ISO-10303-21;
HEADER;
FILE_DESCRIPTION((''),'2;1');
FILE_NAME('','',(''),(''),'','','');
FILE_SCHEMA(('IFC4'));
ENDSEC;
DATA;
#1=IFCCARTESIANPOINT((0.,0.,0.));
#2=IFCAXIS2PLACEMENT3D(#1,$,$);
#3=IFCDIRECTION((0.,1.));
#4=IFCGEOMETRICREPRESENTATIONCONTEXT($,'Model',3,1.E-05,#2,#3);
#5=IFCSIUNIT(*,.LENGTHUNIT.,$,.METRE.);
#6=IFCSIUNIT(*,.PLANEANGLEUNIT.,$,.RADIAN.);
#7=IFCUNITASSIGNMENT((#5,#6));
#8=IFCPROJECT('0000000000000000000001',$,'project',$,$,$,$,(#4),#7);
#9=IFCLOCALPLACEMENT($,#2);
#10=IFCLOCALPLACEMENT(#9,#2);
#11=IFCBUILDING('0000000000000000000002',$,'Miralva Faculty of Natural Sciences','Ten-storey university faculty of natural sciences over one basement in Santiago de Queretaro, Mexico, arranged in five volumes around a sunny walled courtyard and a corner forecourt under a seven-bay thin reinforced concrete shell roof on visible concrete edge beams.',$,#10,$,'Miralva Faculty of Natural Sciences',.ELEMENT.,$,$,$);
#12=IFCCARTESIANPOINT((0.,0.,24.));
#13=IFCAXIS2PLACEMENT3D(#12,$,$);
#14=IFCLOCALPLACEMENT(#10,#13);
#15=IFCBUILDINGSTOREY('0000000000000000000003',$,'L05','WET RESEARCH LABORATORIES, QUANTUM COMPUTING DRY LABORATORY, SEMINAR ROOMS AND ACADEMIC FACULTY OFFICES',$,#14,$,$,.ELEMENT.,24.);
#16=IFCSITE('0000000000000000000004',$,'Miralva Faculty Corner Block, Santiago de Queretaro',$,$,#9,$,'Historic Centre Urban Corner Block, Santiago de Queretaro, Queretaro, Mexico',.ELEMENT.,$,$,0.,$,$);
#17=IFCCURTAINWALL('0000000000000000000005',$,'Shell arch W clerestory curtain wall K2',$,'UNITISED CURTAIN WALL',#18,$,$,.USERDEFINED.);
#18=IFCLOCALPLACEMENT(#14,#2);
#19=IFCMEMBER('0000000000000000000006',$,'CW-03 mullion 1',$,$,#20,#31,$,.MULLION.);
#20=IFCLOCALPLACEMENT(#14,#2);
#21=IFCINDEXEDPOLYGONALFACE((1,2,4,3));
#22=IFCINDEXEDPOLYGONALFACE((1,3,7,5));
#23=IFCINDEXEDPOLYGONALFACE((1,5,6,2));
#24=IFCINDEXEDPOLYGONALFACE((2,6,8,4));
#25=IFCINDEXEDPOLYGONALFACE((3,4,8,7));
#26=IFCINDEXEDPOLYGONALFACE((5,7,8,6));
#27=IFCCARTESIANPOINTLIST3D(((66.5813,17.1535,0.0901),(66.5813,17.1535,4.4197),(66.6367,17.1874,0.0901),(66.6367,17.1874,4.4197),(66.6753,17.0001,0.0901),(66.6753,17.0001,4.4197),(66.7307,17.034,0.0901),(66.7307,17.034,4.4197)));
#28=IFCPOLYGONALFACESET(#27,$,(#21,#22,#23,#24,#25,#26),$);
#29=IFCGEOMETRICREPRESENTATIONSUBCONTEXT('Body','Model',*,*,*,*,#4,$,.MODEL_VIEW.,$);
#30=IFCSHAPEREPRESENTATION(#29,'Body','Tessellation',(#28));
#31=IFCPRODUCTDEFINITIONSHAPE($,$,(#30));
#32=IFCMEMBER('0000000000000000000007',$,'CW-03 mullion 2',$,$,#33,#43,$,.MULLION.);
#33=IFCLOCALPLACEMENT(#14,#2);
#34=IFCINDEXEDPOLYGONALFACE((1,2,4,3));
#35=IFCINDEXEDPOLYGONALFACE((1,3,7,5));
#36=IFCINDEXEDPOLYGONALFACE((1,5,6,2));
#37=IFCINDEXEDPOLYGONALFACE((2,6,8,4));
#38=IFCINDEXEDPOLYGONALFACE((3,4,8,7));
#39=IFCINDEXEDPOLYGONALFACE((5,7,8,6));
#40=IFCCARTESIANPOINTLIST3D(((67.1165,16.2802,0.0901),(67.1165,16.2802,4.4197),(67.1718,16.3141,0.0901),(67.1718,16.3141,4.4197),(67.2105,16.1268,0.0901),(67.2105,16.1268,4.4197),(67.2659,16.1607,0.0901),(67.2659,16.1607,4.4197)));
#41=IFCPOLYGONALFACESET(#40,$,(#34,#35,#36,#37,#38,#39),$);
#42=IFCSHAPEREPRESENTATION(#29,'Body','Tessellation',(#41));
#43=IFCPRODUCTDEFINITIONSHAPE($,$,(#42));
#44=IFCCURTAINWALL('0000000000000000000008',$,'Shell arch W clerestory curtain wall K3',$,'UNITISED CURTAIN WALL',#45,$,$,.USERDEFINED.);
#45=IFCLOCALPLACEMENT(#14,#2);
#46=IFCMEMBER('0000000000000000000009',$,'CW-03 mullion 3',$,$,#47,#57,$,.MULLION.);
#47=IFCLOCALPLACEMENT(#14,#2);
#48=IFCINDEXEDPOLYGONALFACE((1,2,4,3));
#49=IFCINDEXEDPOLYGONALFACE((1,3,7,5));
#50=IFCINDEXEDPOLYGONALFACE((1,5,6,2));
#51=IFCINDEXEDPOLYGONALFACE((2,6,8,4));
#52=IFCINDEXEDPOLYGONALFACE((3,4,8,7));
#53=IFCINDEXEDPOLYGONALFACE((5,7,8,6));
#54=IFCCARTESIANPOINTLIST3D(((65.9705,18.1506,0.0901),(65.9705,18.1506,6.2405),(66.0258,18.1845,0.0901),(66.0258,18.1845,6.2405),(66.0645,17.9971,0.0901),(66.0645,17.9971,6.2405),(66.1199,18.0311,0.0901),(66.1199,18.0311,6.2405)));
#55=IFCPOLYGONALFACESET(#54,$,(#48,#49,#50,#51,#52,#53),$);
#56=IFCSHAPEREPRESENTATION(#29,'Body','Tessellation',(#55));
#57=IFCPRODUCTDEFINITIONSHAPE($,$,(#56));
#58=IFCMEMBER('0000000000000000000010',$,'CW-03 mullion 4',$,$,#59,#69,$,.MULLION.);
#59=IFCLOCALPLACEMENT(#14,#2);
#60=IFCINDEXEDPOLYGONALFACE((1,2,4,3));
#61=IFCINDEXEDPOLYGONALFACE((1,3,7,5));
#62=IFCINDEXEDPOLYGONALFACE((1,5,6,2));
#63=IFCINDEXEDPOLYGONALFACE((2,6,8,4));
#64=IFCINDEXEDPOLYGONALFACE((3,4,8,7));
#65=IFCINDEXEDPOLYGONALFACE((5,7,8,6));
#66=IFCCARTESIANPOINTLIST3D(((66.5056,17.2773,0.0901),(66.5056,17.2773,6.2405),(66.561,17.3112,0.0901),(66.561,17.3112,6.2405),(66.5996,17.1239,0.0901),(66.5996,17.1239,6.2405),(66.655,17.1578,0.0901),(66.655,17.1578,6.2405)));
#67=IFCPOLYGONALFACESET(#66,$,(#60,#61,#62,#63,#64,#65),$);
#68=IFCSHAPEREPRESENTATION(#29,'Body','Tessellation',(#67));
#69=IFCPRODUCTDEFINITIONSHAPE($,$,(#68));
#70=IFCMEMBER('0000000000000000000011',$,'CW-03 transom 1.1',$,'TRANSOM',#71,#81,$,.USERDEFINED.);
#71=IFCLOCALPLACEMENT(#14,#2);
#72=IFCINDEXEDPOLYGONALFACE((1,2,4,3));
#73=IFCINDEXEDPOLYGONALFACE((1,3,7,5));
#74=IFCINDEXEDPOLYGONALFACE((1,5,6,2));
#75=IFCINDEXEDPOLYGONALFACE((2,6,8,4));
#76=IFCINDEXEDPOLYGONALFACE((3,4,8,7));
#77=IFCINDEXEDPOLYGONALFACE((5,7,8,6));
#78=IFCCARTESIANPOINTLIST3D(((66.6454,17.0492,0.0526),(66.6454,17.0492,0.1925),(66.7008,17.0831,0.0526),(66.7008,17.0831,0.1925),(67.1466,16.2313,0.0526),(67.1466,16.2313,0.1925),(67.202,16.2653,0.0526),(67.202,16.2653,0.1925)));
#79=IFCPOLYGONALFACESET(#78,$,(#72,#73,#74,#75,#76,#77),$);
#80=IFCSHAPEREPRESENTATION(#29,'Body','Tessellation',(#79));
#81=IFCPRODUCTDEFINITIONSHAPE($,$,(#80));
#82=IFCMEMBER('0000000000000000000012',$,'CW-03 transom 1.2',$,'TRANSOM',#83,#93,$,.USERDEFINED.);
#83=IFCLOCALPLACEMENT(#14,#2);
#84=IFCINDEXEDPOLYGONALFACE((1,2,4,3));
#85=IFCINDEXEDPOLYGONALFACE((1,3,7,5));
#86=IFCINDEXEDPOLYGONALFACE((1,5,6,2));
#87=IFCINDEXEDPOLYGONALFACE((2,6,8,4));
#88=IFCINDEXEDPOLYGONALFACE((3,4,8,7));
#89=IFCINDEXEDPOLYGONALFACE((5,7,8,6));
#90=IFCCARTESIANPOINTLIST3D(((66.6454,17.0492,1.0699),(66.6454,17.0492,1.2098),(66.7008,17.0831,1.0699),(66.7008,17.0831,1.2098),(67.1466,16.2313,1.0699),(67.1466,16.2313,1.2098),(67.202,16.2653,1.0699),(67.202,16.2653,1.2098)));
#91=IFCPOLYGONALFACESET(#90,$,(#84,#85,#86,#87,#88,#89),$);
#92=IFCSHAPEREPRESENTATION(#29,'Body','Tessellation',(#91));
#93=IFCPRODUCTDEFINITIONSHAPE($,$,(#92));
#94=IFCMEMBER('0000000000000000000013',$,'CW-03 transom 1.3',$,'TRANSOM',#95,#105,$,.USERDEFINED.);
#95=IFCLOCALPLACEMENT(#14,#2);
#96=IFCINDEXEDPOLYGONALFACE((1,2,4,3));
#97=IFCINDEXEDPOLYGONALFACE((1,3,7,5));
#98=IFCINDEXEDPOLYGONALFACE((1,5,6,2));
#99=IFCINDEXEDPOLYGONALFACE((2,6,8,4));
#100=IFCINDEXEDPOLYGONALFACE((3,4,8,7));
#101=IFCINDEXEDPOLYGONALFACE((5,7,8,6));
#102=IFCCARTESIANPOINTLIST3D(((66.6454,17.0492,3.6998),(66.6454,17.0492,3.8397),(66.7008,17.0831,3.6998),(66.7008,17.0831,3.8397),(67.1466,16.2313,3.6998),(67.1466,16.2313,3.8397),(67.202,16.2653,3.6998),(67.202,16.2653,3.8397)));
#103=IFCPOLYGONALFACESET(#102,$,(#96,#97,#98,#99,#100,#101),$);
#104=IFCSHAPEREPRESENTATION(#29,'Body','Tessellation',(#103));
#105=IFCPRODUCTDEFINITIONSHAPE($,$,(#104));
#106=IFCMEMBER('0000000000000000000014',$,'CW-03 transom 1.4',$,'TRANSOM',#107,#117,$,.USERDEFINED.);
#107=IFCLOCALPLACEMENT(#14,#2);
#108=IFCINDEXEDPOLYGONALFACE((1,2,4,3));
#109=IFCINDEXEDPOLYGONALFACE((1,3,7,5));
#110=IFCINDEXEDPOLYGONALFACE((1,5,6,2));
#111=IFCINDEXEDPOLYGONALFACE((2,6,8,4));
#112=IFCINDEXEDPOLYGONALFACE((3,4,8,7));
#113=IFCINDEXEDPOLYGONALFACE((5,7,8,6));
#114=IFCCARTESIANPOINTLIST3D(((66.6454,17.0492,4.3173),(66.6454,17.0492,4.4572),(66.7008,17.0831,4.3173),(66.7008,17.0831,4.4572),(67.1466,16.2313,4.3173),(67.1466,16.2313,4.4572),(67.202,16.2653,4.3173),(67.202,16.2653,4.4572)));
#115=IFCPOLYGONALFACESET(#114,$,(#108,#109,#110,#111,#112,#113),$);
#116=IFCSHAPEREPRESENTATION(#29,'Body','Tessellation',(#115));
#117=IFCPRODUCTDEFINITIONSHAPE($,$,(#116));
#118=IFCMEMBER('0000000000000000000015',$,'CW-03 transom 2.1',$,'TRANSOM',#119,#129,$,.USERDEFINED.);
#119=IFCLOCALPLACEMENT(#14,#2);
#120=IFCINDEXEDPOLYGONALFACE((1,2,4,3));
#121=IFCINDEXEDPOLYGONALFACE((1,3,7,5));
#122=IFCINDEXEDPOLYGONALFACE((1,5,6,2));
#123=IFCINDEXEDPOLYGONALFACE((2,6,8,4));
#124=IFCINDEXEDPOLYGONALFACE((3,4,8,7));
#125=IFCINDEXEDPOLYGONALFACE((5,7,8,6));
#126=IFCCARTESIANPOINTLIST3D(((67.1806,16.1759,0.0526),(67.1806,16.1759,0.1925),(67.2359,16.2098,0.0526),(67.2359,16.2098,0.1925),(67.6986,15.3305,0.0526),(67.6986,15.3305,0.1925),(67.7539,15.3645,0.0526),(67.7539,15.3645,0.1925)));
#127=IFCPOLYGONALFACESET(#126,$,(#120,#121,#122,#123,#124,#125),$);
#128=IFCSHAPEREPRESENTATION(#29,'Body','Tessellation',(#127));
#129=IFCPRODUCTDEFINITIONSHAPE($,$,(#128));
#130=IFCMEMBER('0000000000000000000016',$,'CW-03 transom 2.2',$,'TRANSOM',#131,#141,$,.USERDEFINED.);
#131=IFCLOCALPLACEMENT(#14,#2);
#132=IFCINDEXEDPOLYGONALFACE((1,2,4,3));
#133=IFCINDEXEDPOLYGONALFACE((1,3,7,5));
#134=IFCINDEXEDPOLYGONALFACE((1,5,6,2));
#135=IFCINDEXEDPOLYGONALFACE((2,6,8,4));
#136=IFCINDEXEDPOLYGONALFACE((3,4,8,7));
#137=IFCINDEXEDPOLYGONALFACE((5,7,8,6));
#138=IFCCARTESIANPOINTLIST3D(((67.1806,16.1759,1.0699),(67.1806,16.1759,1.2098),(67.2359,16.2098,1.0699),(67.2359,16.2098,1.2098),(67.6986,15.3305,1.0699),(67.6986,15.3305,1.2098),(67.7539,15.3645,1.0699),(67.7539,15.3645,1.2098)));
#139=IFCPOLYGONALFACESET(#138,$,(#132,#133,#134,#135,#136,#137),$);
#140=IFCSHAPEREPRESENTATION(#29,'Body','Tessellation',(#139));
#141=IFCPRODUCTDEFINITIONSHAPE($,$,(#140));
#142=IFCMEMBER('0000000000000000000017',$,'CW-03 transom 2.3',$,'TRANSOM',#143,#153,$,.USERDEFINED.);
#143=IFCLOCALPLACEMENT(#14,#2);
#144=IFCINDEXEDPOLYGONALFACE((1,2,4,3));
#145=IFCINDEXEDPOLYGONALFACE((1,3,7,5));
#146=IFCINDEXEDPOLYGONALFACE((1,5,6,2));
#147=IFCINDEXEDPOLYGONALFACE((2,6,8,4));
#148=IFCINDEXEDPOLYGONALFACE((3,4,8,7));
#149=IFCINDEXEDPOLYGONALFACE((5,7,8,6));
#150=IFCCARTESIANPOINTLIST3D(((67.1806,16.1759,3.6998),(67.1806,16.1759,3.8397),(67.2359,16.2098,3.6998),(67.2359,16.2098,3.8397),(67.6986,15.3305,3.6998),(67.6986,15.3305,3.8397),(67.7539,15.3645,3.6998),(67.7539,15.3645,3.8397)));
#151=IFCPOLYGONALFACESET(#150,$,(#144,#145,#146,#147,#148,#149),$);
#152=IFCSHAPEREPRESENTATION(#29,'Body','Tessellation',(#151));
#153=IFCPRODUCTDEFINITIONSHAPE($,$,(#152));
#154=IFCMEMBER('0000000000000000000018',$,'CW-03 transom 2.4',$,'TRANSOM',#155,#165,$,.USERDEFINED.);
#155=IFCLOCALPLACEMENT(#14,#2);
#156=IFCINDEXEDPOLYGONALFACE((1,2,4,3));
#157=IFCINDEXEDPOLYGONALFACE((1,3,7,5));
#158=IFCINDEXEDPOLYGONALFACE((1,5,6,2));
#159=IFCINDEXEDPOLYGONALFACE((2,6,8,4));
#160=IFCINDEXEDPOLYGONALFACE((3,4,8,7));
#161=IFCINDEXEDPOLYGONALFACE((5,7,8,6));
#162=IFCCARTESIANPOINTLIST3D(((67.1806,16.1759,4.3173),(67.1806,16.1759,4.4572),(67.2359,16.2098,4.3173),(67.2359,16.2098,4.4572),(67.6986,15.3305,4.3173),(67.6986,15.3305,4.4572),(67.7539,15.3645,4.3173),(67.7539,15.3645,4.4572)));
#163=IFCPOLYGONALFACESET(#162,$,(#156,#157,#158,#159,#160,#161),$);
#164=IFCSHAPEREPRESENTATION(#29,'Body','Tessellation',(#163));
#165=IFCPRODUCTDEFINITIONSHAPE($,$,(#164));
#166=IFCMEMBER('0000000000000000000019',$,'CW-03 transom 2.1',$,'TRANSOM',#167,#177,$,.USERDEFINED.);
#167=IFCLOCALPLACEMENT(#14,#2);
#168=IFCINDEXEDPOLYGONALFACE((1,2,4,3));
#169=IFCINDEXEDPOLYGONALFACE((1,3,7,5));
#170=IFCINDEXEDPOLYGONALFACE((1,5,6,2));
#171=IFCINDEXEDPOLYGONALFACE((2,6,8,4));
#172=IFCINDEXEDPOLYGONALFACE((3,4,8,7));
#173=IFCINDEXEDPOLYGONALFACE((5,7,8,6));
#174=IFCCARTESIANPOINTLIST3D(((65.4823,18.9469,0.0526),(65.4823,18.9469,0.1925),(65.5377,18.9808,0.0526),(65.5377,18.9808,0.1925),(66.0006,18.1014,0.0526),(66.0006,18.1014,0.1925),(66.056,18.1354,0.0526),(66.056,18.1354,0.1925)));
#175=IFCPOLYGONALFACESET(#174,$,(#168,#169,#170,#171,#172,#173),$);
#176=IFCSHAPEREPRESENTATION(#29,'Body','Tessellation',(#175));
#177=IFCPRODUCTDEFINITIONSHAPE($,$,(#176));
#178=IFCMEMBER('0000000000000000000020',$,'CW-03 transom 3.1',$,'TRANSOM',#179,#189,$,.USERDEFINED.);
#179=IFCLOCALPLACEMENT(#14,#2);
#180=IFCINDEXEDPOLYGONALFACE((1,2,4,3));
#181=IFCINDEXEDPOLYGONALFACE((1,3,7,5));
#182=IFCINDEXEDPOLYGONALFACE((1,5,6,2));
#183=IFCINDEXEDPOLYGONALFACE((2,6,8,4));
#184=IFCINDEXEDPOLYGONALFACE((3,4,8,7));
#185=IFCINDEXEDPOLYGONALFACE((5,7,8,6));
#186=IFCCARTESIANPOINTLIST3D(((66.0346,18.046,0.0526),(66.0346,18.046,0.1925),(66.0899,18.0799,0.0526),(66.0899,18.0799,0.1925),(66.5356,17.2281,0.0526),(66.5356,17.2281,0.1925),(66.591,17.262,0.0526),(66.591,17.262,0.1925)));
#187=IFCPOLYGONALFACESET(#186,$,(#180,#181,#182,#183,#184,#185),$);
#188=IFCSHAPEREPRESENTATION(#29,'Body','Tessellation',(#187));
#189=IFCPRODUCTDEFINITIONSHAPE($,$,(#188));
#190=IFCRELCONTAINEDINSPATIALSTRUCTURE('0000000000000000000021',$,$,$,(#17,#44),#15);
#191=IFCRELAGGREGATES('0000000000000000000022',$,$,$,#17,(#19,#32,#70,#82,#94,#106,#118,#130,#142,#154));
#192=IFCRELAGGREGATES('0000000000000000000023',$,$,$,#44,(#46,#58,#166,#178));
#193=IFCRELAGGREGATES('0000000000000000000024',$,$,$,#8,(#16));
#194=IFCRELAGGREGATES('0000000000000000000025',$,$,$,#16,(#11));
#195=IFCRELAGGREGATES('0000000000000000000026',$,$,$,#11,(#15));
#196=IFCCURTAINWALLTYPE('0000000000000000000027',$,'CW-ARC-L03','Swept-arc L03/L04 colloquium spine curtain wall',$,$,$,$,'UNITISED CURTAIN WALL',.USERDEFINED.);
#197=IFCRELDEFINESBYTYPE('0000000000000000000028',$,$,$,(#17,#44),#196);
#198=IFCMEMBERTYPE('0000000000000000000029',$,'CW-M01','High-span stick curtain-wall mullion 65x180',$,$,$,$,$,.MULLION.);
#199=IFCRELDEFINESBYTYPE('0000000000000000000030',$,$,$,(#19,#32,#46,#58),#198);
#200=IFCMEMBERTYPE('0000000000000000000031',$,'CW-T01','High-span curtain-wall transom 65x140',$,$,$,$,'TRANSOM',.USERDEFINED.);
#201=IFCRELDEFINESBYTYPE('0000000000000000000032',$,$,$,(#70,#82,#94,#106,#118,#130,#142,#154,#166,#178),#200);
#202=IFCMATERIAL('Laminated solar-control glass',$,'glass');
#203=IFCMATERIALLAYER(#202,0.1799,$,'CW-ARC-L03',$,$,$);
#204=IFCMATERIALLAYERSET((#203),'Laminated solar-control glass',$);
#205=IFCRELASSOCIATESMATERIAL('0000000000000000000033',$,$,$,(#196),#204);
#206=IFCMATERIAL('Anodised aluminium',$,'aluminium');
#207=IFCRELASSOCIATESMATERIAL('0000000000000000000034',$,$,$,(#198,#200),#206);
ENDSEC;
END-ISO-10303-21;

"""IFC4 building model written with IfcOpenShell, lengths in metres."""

from ifc_helpers import new_model, si_unit, direction, frame, origin, origin_2d, place, context, subcontext, project, spatial, rectangle, extrude, material, layer, layer_set, material_profile, profile_set, type_object, element, aggregate, save


model = new_model("IFC4")

# Units and contexts
model_context = context("Model", 3, precision=1e-05, world=origin(), true_north=direction((0.0, 1.0)))
body_context = subcontext(model_context, "Body", "Model", "MODEL_VIEW")
ifc_project = project(units=[si_unit("LENGTHUNIT", "METRE"), si_unit("PLANEANGLEUNIT", "RADIAN")], contexts=[model_context])

# Site, building, storey
site_placement = place(None, origin())
site = spatial("IfcSite", under=ifc_project, at=site_placement, Name="Miralva Faculty Corner Block, Santiago de Queretaro", LongName="Historic Centre Urban Corner Block, Santiago de Queretaro, Queretaro, Mexico", CompositionType="ELEMENT", RefElevation=0.0)
building_placement = place(site_placement, origin())
building = spatial("IfcBuilding", under=site, at=building_placement, Name="Miralva Faculty of Natural Sciences", Description="Ten-storey university faculty of natural sciences over one basement in Santiago de Queretaro, Mexico, arranged in five volumes around a sunny walled courtyard and a corner forecourt under a seven-bay thin reinforced concrete shell roof on visible concrete edge beams.", LongName="Miralva Faculty of Natural Sciences", CompositionType="ELEMENT")
storey_placement = place(building_placement, frame((0.0, 0.0, 24.0)))
storey = spatial("IfcBuildingStorey", under=building, at=storey_placement, Name="L05", Description="WET RESEARCH LABORATORIES, QUANTUM COMPUTING DRY LABORATORY, SEMINAR ROOMS AND ACADEMIC FACULTY OFFICES", CompositionType="ELEMENT", Elevation=24.0)

# Curtain walls, members
ifc_material_1 = material(Name="Laminated solar-control glass", Category="glass")
ifc_layer_1 = layer(ifc_material_1, 0.1799, Name="CW-ARC-L03")
ifc_layer_set_1 = layer_set([ifc_layer_1], Name="Laminated solar-control glass")
curtain_wall_type = type_object("IfcCurtainWallType", Name="CW-ARC-L03", Description="Swept-arc L03/L04 colloquium spine curtain wall", ElementType="UNITISED CURTAIN WALL", PredefinedType="USERDEFINED", material=ifc_layer_set_1)
curtain_wall_1_placement = place(storey_placement, origin())
curtain_wall_1 = element("IfcCurtainWall", 1, at=curtain_wall_1_placement, inside=storey, type_object=curtain_wall_type, Name="Shell arch W clerestory curtain wall K2", ObjectType="UNITISED CURTAIN WALL", PredefinedType="USERDEFINED")
ifc_material_2 = material(Name="Anodised aluminium", Category="aluminium")
ifc_material_profile_1 = material_profile(ifc_material_2, rectangle(XDim=0.0649, YDim=0.1799, at=origin_2d()), Name="MULLION 65x180")
ifc_profile_set_1 = profile_set([ifc_material_profile_1], Name="Anodised aluminium")
member_type_1 = type_object("IfcMemberType", Name="CW-M01", Description="High-span stick curtain-wall mullion 65x180", PredefinedType="MULLION", material=ifc_profile_set_1)
member_1_placement = place(storey_placement, frame((66.656, 17.0938, 0.0901), z_axis=(0.0, 0.0, 1.0), x_axis=(0.852637, 0.522504, 0.0)))
member_1 = element("IfcMember", 2, at=member_1_placement, type_object=member_type_1, Name="CW-03 mullion 1", PredefinedType="MULLION", context=body_context, shape_type="SweptSolid", body=[
    extrude(rectangle(XDim=0.0649, YDim=0.1799, at=origin_2d()), origin(), (0.0, 0.0, 1.0), 4.3296),
])
member_2_placement = place(storey_placement, frame((67.1912, 16.2205, 0.0901), z_axis=(0.0, 0.0, 1.0), x_axis=(0.852637, 0.522504, 0.0)))
member_2 = element("IfcMember", 3, at=member_2_placement, type_object=member_type_1, Name="CW-03 mullion 2", PredefinedType="MULLION", context=body_context, shape_type="SweptSolid", body=[
    extrude(rectangle(XDim=0.0649, YDim=0.1799, at=origin_2d()), origin(), (0.0, 0.0, 1.0), 4.3296),
])
curtain_wall_2_placement = place(storey_placement, origin())
curtain_wall_2 = element("IfcCurtainWall", 4, at=curtain_wall_2_placement, inside=storey, type_object=curtain_wall_type, Name="Shell arch W clerestory curtain wall K3", ObjectType="UNITISED CURTAIN WALL", PredefinedType="USERDEFINED")
member_3_placement = place(storey_placement, frame((66.0452, 18.0908, 0.0901), z_axis=(0.0, 0.0, 1.0), x_axis=(0.852637, 0.522504, 0.0)))
member_3 = element("IfcMember", 5, at=member_3_placement, type_object=member_type_1, Name="CW-03 mullion 3", PredefinedType="MULLION", context=body_context, shape_type="SweptSolid", body=[
    extrude(rectangle(XDim=0.0649, YDim=0.1799, at=origin_2d()), origin(), (0.0, 0.0, 1.0), 6.1504),
])
member_4_placement = place(storey_placement, frame((66.5803, 17.2175, 0.0901), z_axis=(0.0, 0.0, 1.0), x_axis=(0.852637, 0.522504, 0.0)))
member_4 = element("IfcMember", 6, at=member_4_placement, type_object=member_type_1, Name="CW-03 mullion 4", PredefinedType="MULLION", context=body_context, shape_type="SweptSolid", body=[
    extrude(rectangle(XDim=0.0649, YDim=0.1799, at=origin_2d()), origin(), (0.0, 0.0, 1.0), 6.1504),
])

# Members
ifc_material_profile_2 = material_profile(ifc_material_2, rectangle(XDim=0.0649, YDim=0.1399, at=origin_2d()), Name="TRANSOM 65x140")
ifc_profile_set_2 = profile_set([ifc_material_profile_2], Name="Anodised aluminium")
member_type_2 = type_object("IfcMemberType", Name="CW-T01", Description="High-span curtain-wall transom 65x140", ElementType="TRANSOM", PredefinedType="USERDEFINED", material=ifc_profile_set_2)
member_5_placement = place(storey_placement, frame((66.6731, 17.0662, 0.1226), z_axis=(0.52252, -0.852627, 0.0), x_axis=(0.852627, 0.52252, 0.0)))
member_5 = element("IfcMember", 7, at=member_5_placement, type_object=member_type_2, Name="CW-03 transom 1.1", ObjectType="TRANSOM", PredefinedType="USERDEFINED", context=body_context, shape_type="SweptSolid", body=[
    extrude(rectangle(XDim=0.0649, YDim=0.1399, at=origin_2d()), origin(), (0.0, 0.0, 1.0), 0.9592),
])
member_6_placement = place(storey_placement, frame((66.6731, 17.0662, 1.1399), z_axis=(0.52252, -0.852627, 0.0), x_axis=(0.852627, 0.52252, 0.0)))
member_6 = element("IfcMember", 8, at=member_6_placement, type_object=member_type_2, Name="CW-03 transom 1.2", ObjectType="TRANSOM", PredefinedType="USERDEFINED", context=body_context, shape_type="SweptSolid", body=[
    extrude(rectangle(XDim=0.0649, YDim=0.1399, at=origin_2d()), origin(), (0.0, 0.0, 1.0), 0.9592),
])
member_7_placement = place(storey_placement, frame((66.6731, 17.0662, 3.7698), z_axis=(0.52252, -0.852627, 0.0), x_axis=(0.852627, 0.52252, 0.0)))
member_7 = element("IfcMember", 9, at=member_7_placement, type_object=member_type_2, Name="CW-03 transom 1.3", ObjectType="TRANSOM", PredefinedType="USERDEFINED", context=body_context, shape_type="SweptSolid", body=[
    extrude(rectangle(XDim=0.0649, YDim=0.1399, at=origin_2d()), origin(), (0.0, 0.0, 1.0), 0.9592),
])
member_8_placement = place(storey_placement, frame((66.6731, 17.0662, 4.3872), z_axis=(0.52252, -0.852627, 0.0), x_axis=(0.852627, 0.52252, 0.0)))
member_8 = element("IfcMember", 10, at=member_8_placement, type_object=member_type_2, Name="CW-03 transom 1.4", ObjectType="TRANSOM", PredefinedType="USERDEFINED", context=body_context, shape_type="SweptSolid", body=[
    extrude(rectangle(XDim=0.0649, YDim=0.1399, at=origin_2d()), origin(), (0.0, 0.0, 1.0), 0.9592),
])
member_9_placement = place(storey_placement, frame((67.2083, 16.1929, 0.1226), z_axis=(0.522475, -0.852654, 0.0), x_axis=(0.852654, 0.522475, 0.0)))
member_9 = element("IfcMember", 11, at=member_9_placement, type_object=member_type_2, Name="CW-03 transom 2.1", ObjectType="TRANSOM", PredefinedType="USERDEFINED", context=body_context, shape_type="SweptSolid", body=[
    extrude(rectangle(XDim=0.0649, YDim=0.1399, at=origin_2d()), origin(), (0.0, 0.0, 1.0), 0.9915),
])
member_10_placement = place(storey_placement, frame((67.2083, 16.1929, 1.1399), z_axis=(0.522475, -0.852654, 0.0), x_axis=(0.852654, 0.522475, 0.0)))
member_10 = element("IfcMember", 12, at=member_10_placement, type_object=member_type_2, Name="CW-03 transom 2.2", ObjectType="TRANSOM", PredefinedType="USERDEFINED", context=body_context, shape_type="SweptSolid", body=[
    extrude(rectangle(XDim=0.0649, YDim=0.1399, at=origin_2d()), origin(), (0.0, 0.0, 1.0), 0.9915),
])
member_11_placement = place(storey_placement, frame((67.2083, 16.1929, 3.7698), z_axis=(0.522475, -0.852654, 0.0), x_axis=(0.852654, 0.522475, 0.0)))
member_11 = element("IfcMember", 13, at=member_11_placement, type_object=member_type_2, Name="CW-03 transom 2.3", ObjectType="TRANSOM", PredefinedType="USERDEFINED", context=body_context, shape_type="SweptSolid", body=[
    extrude(rectangle(XDim=0.0649, YDim=0.1399, at=origin_2d()), origin(), (0.0, 0.0, 1.0), 0.9915),
])
member_12_placement = place(storey_placement, frame((67.2083, 16.1929, 4.3872), z_axis=(0.522475, -0.852654, 0.0), x_axis=(0.852654, 0.522475, 0.0)))
member_12 = element("IfcMember", 14, at=member_12_placement, type_object=member_type_2, Name="CW-03 transom 2.4", ObjectType="TRANSOM", PredefinedType="USERDEFINED", context=body_context, shape_type="SweptSolid", body=[
    extrude(rectangle(XDim=0.0649, YDim=0.1399, at=origin_2d()), origin(), (0.0, 0.0, 1.0), 0.9915),
])
member_13_placement = place(storey_placement, frame((65.51, 18.9639, 0.1226), z_axis=(0.522654, -0.852545, 0.0), x_axis=(0.852545, 0.522654, 0.0)))
member_13 = element("IfcMember", 15, at=member_13_placement, type_object=member_type_2, Name="CW-03 transom 2.1", ObjectType="TRANSOM", PredefinedType="USERDEFINED", context=body_context, shape_type="SweptSolid", body=[
    extrude(rectangle(XDim=0.0649, YDim=0.1399, at=origin_2d()), origin(), (0.0, 0.0, 1.0), 0.9917),
])
member_14_placement = place(storey_placement, frame((66.0623, 18.063, 0.1226), z_axis=(0.522335, -0.85274, 0.0), x_axis=(0.85274, 0.522335, 0.0)))
member_14 = element("IfcMember", 16, at=member_14_placement, type_object=member_type_2, Name="CW-03 transom 3.1", ObjectType="TRANSOM", PredefinedType="USERDEFINED", context=body_context, shape_type="SweptSolid", body=[
    extrude(rectangle(XDim=0.0649, YDim=0.1399, at=origin_2d()), origin(), (0.0, 0.0, 1.0), 0.9592),
])

aggregate(curtain_wall_1, [member_1, member_2, member_5, member_6, member_7, member_8, member_9, member_10, member_11, member_12])
aggregate(curtain_wall_2, [member_3, member_4, member_13, member_14])

save(model, "model.ifc")
